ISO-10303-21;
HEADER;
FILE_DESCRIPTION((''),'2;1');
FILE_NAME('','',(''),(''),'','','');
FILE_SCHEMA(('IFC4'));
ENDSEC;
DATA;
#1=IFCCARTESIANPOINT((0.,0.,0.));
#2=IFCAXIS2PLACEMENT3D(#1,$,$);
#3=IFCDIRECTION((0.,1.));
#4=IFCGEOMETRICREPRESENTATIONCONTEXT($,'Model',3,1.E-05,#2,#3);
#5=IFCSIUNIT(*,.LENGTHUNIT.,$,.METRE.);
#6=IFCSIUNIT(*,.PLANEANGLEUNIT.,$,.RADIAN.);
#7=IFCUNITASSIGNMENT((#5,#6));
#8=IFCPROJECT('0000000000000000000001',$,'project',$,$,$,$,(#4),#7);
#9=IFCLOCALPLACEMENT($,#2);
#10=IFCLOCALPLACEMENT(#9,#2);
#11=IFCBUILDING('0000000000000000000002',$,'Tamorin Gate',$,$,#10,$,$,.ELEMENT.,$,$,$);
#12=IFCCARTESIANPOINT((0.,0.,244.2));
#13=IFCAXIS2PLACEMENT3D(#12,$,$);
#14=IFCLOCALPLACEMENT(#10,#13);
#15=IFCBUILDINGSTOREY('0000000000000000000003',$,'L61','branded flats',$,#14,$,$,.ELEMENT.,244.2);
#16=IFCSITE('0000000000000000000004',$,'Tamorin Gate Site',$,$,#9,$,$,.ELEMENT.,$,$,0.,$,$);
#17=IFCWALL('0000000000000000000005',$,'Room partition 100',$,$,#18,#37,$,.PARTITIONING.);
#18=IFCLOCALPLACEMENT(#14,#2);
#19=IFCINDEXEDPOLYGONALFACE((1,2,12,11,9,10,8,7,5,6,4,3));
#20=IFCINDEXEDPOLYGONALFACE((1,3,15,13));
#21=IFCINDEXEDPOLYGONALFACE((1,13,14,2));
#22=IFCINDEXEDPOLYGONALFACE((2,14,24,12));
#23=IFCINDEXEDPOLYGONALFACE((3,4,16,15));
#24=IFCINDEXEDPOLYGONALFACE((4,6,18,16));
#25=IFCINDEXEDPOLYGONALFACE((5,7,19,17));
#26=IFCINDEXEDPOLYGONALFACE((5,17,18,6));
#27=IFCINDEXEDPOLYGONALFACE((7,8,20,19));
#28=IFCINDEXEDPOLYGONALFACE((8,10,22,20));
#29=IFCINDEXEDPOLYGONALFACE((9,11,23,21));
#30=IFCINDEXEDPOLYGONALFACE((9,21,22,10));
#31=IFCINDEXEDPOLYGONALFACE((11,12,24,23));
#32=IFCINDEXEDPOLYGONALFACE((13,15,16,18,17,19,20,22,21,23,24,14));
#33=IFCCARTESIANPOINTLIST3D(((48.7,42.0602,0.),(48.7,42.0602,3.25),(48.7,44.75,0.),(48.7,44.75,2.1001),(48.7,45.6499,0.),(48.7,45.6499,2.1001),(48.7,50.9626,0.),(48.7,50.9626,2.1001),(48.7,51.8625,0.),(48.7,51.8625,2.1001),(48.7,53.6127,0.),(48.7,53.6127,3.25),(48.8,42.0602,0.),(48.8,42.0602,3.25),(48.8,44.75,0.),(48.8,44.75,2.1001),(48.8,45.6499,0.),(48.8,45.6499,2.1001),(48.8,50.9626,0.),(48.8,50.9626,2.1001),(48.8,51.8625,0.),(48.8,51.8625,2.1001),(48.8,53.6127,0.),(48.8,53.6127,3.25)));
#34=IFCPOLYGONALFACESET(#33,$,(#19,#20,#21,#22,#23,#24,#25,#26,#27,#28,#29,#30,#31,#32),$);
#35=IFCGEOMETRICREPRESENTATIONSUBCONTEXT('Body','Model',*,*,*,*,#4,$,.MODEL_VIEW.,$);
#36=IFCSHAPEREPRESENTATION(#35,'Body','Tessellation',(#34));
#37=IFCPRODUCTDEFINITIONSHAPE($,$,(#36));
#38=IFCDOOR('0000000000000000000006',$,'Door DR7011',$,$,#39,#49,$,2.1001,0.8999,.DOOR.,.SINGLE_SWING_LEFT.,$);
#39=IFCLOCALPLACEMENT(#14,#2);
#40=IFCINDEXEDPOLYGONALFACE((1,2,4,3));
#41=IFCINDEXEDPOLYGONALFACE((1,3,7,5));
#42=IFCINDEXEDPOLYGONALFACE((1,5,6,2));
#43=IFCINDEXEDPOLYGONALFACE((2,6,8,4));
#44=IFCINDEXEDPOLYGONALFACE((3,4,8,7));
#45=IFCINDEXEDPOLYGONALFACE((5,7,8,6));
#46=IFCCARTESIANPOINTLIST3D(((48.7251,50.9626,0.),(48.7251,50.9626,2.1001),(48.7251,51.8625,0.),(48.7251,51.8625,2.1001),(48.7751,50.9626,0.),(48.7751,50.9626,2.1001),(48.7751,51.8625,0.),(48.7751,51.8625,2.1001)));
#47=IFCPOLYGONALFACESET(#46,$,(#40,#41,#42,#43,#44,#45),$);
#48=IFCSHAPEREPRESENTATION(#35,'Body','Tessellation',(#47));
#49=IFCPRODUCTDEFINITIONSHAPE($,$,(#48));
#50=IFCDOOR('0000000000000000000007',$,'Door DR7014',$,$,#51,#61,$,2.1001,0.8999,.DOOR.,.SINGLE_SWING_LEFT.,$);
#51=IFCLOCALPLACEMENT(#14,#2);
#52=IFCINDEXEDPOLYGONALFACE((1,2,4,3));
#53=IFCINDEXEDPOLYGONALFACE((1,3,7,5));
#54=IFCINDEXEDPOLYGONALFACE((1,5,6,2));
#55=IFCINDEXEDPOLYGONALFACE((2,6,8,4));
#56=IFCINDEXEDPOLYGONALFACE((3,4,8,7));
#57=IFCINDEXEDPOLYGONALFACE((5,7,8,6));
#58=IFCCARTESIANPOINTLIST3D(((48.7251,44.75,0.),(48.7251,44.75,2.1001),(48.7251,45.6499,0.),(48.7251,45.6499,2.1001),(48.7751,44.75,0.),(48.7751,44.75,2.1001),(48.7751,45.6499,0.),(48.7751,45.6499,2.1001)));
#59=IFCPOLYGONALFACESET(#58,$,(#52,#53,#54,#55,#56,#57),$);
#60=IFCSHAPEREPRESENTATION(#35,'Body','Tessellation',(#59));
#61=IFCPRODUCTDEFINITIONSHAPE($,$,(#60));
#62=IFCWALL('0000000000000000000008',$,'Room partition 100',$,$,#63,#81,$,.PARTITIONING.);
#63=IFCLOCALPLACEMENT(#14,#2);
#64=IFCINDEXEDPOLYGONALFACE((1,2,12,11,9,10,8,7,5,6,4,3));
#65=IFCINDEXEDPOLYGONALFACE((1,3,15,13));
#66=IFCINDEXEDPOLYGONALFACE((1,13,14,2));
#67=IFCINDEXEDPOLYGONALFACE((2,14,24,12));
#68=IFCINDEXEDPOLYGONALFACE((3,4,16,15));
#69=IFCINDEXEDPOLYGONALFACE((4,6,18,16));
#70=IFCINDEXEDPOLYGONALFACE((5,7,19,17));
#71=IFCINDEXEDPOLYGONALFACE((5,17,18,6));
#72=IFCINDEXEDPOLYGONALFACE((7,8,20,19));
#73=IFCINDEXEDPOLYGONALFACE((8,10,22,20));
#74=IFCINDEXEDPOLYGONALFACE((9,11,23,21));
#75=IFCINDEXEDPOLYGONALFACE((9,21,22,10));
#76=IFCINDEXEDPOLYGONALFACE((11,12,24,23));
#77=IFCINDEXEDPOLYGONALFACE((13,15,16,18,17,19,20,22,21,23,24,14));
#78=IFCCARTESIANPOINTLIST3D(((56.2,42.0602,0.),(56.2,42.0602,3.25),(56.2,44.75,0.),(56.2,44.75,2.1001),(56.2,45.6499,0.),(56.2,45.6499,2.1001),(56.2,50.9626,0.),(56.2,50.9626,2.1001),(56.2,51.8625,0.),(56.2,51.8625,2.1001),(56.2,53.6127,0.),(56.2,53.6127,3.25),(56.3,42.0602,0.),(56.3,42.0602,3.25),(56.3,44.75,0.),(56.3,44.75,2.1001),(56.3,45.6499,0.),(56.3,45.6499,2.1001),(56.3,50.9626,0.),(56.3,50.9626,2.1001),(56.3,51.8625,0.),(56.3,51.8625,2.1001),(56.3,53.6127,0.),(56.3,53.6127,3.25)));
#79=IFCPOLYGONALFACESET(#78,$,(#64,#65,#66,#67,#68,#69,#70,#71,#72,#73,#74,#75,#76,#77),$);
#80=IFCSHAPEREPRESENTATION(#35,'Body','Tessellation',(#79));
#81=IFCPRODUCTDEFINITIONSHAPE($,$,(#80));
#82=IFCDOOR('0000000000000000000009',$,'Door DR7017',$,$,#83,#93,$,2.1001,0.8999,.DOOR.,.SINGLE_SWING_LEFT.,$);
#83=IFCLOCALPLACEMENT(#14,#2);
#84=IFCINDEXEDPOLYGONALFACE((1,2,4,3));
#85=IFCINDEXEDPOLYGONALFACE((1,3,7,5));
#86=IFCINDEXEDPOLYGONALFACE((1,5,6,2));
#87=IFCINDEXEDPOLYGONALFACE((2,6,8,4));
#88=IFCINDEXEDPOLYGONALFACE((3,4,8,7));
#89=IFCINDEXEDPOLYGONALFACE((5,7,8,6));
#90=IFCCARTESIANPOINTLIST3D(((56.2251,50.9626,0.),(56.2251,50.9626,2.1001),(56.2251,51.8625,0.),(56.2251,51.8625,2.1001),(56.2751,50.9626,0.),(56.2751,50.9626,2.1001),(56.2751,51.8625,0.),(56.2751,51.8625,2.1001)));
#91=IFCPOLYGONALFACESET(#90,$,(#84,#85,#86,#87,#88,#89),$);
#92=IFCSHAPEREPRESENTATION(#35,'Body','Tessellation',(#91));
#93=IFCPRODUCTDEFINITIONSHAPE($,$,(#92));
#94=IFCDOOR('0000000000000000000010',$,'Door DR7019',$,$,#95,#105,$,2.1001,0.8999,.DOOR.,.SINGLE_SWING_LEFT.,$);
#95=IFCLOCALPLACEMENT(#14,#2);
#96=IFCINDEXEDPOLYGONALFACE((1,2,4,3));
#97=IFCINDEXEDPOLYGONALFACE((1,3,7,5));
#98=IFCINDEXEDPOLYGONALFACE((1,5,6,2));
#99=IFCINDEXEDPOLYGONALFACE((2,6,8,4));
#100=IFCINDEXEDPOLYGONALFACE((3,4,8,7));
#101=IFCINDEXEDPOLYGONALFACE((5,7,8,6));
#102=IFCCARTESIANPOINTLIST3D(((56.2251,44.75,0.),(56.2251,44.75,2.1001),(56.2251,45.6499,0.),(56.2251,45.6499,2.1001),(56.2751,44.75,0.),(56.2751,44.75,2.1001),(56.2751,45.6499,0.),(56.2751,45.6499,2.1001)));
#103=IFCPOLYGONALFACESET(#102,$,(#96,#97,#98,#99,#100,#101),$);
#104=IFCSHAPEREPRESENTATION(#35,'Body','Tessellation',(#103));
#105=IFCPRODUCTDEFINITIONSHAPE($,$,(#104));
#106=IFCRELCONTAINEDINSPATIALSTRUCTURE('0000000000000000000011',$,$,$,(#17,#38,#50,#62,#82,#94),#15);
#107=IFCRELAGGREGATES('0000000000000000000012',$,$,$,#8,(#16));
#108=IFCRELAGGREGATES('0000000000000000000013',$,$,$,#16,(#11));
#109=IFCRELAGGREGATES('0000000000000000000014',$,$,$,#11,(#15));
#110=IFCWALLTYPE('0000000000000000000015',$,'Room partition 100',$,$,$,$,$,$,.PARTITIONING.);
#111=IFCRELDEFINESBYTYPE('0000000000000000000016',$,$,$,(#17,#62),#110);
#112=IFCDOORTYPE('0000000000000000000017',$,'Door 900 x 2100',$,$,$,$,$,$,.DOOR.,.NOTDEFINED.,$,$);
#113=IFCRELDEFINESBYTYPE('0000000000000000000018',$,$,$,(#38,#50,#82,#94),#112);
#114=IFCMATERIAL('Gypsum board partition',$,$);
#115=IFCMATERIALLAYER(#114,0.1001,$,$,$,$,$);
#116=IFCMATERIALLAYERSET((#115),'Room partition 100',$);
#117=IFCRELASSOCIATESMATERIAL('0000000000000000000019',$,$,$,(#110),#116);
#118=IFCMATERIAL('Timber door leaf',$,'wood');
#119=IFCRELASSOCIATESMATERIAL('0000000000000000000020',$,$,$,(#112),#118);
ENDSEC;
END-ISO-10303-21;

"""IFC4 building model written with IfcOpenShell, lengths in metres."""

from ifc_helpers import new_model, si_unit, direction, frame, frame_2d, origin, place, context, subcontext, project, spatial, rectangle, extrude, material, layer, layer_set, type_object, element, fill, save


model = new_model("IFC4")

# Units and contexts
model_context = context("Model", 3, precision=1e-05, world=origin(), true_north=direction((0.0, 1.0)))
body_context = subcontext(model_context, "Body", "Model", "MODEL_VIEW")
ifc_project = project(units=[si_unit("LENGTHUNIT", "METRE"), si_unit("PLANEANGLEUNIT", "RADIAN")], contexts=[model_context])

# Site, building, storey
site_placement = place(None, origin())
site = spatial("IfcSite", under=ifc_project, at=site_placement, Name="Tamorin Gate Site", CompositionType="ELEMENT", RefElevation=0.0)
building_placement = place(site_placement, origin())
building = spatial("IfcBuilding", under=site, at=building_placement, Name="Tamorin Gate", CompositionType="ELEMENT")
storey_placement = place(building_placement, frame((0.0, 0.0, 244.2)))
storey = spatial("IfcBuildingStorey", under=building, at=storey_placement, Name="L61", Description="branded flats", CompositionType="ELEMENT", Elevation=244.2)

# Shared definitions
ifc_material_1 = material(Name="Gypsum board partition")

# Shared definitions
ifc_layer_1 = layer(ifc_material_1, 0.1001)
ifc_layer_set_1 = layer_set([ifc_layer_1], Name="Room partition 100")
wall_type_1 = type_object("IfcWallType", Name="Room partition 100", PredefinedType="PARTITIONING", material=ifc_layer_set_1)
ifc_material_2 = material(Name="Timber door leaf", Category="wood")
door_type = type_object("IfcDoorType", Name="Door 900 x 2100", OperationType="NOTDEFINED", PredefinedType="DOOR", material=ifc_material_2)

# Walls, openings, doors
wall_1_placement = place(storey_placement, frame((48.75, 42.0601, 0.0), z_axis=(0.0, 0.0, 1.0), x_axis=(0.0, 1.0, 0.0)))
wall_1 = element("IfcWall", 1, at=wall_1_placement, inside=storey, type_object=wall_type_1, Name="Room partition 100", PredefinedType="PARTITIONING", context=body_context, shape_type="SweptSolid", body=[
    extrude(rectangle(XDim=11.5525, YDim=0.1001, at=frame_2d((5.7764, 0.0))), origin(), (0.0, 0.0, 1.0), 3.25),
])
opening_1_placement = place(wall_1_placement, frame((8.9026, 0.0, 0.0)))
opening_1 = element("IfcOpeningElement", 2, at=opening_1_placement, cuts=wall_1, PredefinedType="OPENING", context=body_context, shape_type="SweptSolid", body=[
    extrude(rectangle(XDim=0.8999, YDim=2.1001, at=frame_2d((0.45, 1.05))), frame((0.0, 0.0601, 0.0), z_axis=(0.0, -1.0, 0.0), x_axis=(1.0, 0.0, 0.0)), (0.0, 0.0, 1.0), 0.1201),
])
opening_2_placement = place(wall_1_placement, frame((2.6899, 0.0, 0.0)))
opening_2 = element("IfcOpeningElement", 3, at=opening_2_placement, cuts=wall_1, PredefinedType="OPENING", context=body_context, shape_type="SweptSolid", body=[
    extrude(rectangle(XDim=0.8999, YDim=2.1001, at=frame_2d((0.45, 1.05))), frame((0.0, 0.0601, 0.0), z_axis=(0.0, -1.0, 0.0), x_axis=(1.0, 0.0, 0.0)), (0.0, 0.0, 1.0), 0.1201),
])
door_1_placement = place(opening_1_placement, origin())
door_1 = element("IfcDoor", 4, at=door_1_placement, inside=storey, type_object=door_type, Name="Door DR7011", OperationType="SINGLE_SWING_LEFT", OverallHeight=2.1001, OverallWidth=0.8999, PredefinedType="DOOR", context=body_context, shape_type="SweptSolid", body=[
    extrude(rectangle(XDim=0.8999, YDim=2.1001, at=frame_2d((0.45, 1.05))), frame((0.0, 0.0249, 0.0), z_axis=(0.0, -1.0, 0.0), x_axis=(1.0, 0.0, 0.0)), (0.0, 0.0, 1.0), 0.05),
])
fill(opening_1, door_1)
door_2_placement = place(opening_2_placement, origin())
door_2 = element("IfcDoor", 5, at=door_2_placement, inside=storey, type_object=door_type, Name="Door DR7014", OperationType="SINGLE_SWING_LEFT", OverallHeight=2.1001, OverallWidth=0.8999, PredefinedType="DOOR", context=body_context, shape_type="SweptSolid", body=[
    extrude(rectangle(XDim=0.8999, YDim=2.1001, at=frame_2d((0.45, 1.05))), frame((0.0, 0.0249, 0.0), z_axis=(0.0, -1.0, 0.0), x_axis=(1.0, 0.0, 0.0)), (0.0, 0.0, 1.0), 0.05),
])
fill(opening_2, door_2)
wall_2_placement = place(storey_placement, frame((56.25, 42.0601, 0.0), z_axis=(0.0, 0.0, 1.0), x_axis=(0.0, 1.0, 0.0)))
wall_2 = element("IfcWall", 6, at=wall_2_placement, inside=storey, type_object=wall_type_1, Name="Room partition 100", PredefinedType="PARTITIONING", context=body_context, shape_type="SweptSolid", body=[
    extrude(rectangle(XDim=11.5525, YDim=0.1001, at=frame_2d((5.7764, 0.0))), origin(), (0.0, 0.0, 1.0), 3.25),
])
opening_3_placement = place(wall_2_placement, frame((8.9026, 0.0, 0.0)))
opening_3 = element("IfcOpeningElement", 7, at=opening_3_placement, cuts=wall_2, PredefinedType="OPENING", context=body_context, shape_type="SweptSolid", body=[
    extrude(rectangle(XDim=0.8999, YDim=2.1001, at=frame_2d((0.45, 1.05))), frame((0.0, 0.0601, 0.0), z_axis=(0.0, -1.0, 0.0), x_axis=(1.0, 0.0, 0.0)), (0.0, 0.0, 1.0), 0.1201),
])
opening_4_placement = place(wall_2_placement, frame((2.6899, 0.0, 0.0)))
opening_4 = element("IfcOpeningElement", 8, at=opening_4_placement, cuts=wall_2, PredefinedType="OPENING", context=body_context, shape_type="SweptSolid", body=[
    extrude(rectangle(XDim=0.8999, YDim=2.1001, at=frame_2d((0.45, 1.05))), frame((0.0, 0.0601, 0.0), z_axis=(0.0, -1.0, 0.0), x_axis=(1.0, 0.0, 0.0)), (0.0, 0.0, 1.0), 0.1201),
])
door_3_placement = place(opening_3_placement, origin())
door_3 = element("IfcDoor", 9, at=door_3_placement, inside=storey, type_object=door_type, Name="Door DR7017", OperationType="SINGLE_SWING_LEFT", OverallHeight=2.1001, OverallWidth=0.8999, PredefinedType="DOOR", context=body_context, shape_type="SweptSolid", body=[
    extrude(rectangle(XDim=0.8999, YDim=2.1001, at=frame_2d((0.45, 1.05))), frame((0.0, 0.0249, 0.0), z_axis=(0.0, -1.0, 0.0), x_axis=(1.0, 0.0, 0.0)), (0.0, 0.0, 1.0), 0.05),
])
fill(opening_3, door_3)
door_4_placement = place(opening_4_placement, origin())
door_4 = element("IfcDoor", 10, at=door_4_placement, inside=storey, type_object=door_type, Name="Door DR7019", OperationType="SINGLE_SWING_LEFT", OverallHeight=2.1001, OverallWidth=0.8999, PredefinedType="DOOR", context=body_context, shape_type="SweptSolid", body=[
    extrude(rectangle(XDim=0.8999, YDim=2.1001, at=frame_2d((0.45, 1.05))), frame((0.0, 0.0249, 0.0), z_axis=(0.0, -1.0, 0.0), x_axis=(1.0, 0.0, 0.0)), (0.0, 0.0, 1.0), 0.05),
])
fill(opening_4, door_4)

save(model, "model.ifc")
